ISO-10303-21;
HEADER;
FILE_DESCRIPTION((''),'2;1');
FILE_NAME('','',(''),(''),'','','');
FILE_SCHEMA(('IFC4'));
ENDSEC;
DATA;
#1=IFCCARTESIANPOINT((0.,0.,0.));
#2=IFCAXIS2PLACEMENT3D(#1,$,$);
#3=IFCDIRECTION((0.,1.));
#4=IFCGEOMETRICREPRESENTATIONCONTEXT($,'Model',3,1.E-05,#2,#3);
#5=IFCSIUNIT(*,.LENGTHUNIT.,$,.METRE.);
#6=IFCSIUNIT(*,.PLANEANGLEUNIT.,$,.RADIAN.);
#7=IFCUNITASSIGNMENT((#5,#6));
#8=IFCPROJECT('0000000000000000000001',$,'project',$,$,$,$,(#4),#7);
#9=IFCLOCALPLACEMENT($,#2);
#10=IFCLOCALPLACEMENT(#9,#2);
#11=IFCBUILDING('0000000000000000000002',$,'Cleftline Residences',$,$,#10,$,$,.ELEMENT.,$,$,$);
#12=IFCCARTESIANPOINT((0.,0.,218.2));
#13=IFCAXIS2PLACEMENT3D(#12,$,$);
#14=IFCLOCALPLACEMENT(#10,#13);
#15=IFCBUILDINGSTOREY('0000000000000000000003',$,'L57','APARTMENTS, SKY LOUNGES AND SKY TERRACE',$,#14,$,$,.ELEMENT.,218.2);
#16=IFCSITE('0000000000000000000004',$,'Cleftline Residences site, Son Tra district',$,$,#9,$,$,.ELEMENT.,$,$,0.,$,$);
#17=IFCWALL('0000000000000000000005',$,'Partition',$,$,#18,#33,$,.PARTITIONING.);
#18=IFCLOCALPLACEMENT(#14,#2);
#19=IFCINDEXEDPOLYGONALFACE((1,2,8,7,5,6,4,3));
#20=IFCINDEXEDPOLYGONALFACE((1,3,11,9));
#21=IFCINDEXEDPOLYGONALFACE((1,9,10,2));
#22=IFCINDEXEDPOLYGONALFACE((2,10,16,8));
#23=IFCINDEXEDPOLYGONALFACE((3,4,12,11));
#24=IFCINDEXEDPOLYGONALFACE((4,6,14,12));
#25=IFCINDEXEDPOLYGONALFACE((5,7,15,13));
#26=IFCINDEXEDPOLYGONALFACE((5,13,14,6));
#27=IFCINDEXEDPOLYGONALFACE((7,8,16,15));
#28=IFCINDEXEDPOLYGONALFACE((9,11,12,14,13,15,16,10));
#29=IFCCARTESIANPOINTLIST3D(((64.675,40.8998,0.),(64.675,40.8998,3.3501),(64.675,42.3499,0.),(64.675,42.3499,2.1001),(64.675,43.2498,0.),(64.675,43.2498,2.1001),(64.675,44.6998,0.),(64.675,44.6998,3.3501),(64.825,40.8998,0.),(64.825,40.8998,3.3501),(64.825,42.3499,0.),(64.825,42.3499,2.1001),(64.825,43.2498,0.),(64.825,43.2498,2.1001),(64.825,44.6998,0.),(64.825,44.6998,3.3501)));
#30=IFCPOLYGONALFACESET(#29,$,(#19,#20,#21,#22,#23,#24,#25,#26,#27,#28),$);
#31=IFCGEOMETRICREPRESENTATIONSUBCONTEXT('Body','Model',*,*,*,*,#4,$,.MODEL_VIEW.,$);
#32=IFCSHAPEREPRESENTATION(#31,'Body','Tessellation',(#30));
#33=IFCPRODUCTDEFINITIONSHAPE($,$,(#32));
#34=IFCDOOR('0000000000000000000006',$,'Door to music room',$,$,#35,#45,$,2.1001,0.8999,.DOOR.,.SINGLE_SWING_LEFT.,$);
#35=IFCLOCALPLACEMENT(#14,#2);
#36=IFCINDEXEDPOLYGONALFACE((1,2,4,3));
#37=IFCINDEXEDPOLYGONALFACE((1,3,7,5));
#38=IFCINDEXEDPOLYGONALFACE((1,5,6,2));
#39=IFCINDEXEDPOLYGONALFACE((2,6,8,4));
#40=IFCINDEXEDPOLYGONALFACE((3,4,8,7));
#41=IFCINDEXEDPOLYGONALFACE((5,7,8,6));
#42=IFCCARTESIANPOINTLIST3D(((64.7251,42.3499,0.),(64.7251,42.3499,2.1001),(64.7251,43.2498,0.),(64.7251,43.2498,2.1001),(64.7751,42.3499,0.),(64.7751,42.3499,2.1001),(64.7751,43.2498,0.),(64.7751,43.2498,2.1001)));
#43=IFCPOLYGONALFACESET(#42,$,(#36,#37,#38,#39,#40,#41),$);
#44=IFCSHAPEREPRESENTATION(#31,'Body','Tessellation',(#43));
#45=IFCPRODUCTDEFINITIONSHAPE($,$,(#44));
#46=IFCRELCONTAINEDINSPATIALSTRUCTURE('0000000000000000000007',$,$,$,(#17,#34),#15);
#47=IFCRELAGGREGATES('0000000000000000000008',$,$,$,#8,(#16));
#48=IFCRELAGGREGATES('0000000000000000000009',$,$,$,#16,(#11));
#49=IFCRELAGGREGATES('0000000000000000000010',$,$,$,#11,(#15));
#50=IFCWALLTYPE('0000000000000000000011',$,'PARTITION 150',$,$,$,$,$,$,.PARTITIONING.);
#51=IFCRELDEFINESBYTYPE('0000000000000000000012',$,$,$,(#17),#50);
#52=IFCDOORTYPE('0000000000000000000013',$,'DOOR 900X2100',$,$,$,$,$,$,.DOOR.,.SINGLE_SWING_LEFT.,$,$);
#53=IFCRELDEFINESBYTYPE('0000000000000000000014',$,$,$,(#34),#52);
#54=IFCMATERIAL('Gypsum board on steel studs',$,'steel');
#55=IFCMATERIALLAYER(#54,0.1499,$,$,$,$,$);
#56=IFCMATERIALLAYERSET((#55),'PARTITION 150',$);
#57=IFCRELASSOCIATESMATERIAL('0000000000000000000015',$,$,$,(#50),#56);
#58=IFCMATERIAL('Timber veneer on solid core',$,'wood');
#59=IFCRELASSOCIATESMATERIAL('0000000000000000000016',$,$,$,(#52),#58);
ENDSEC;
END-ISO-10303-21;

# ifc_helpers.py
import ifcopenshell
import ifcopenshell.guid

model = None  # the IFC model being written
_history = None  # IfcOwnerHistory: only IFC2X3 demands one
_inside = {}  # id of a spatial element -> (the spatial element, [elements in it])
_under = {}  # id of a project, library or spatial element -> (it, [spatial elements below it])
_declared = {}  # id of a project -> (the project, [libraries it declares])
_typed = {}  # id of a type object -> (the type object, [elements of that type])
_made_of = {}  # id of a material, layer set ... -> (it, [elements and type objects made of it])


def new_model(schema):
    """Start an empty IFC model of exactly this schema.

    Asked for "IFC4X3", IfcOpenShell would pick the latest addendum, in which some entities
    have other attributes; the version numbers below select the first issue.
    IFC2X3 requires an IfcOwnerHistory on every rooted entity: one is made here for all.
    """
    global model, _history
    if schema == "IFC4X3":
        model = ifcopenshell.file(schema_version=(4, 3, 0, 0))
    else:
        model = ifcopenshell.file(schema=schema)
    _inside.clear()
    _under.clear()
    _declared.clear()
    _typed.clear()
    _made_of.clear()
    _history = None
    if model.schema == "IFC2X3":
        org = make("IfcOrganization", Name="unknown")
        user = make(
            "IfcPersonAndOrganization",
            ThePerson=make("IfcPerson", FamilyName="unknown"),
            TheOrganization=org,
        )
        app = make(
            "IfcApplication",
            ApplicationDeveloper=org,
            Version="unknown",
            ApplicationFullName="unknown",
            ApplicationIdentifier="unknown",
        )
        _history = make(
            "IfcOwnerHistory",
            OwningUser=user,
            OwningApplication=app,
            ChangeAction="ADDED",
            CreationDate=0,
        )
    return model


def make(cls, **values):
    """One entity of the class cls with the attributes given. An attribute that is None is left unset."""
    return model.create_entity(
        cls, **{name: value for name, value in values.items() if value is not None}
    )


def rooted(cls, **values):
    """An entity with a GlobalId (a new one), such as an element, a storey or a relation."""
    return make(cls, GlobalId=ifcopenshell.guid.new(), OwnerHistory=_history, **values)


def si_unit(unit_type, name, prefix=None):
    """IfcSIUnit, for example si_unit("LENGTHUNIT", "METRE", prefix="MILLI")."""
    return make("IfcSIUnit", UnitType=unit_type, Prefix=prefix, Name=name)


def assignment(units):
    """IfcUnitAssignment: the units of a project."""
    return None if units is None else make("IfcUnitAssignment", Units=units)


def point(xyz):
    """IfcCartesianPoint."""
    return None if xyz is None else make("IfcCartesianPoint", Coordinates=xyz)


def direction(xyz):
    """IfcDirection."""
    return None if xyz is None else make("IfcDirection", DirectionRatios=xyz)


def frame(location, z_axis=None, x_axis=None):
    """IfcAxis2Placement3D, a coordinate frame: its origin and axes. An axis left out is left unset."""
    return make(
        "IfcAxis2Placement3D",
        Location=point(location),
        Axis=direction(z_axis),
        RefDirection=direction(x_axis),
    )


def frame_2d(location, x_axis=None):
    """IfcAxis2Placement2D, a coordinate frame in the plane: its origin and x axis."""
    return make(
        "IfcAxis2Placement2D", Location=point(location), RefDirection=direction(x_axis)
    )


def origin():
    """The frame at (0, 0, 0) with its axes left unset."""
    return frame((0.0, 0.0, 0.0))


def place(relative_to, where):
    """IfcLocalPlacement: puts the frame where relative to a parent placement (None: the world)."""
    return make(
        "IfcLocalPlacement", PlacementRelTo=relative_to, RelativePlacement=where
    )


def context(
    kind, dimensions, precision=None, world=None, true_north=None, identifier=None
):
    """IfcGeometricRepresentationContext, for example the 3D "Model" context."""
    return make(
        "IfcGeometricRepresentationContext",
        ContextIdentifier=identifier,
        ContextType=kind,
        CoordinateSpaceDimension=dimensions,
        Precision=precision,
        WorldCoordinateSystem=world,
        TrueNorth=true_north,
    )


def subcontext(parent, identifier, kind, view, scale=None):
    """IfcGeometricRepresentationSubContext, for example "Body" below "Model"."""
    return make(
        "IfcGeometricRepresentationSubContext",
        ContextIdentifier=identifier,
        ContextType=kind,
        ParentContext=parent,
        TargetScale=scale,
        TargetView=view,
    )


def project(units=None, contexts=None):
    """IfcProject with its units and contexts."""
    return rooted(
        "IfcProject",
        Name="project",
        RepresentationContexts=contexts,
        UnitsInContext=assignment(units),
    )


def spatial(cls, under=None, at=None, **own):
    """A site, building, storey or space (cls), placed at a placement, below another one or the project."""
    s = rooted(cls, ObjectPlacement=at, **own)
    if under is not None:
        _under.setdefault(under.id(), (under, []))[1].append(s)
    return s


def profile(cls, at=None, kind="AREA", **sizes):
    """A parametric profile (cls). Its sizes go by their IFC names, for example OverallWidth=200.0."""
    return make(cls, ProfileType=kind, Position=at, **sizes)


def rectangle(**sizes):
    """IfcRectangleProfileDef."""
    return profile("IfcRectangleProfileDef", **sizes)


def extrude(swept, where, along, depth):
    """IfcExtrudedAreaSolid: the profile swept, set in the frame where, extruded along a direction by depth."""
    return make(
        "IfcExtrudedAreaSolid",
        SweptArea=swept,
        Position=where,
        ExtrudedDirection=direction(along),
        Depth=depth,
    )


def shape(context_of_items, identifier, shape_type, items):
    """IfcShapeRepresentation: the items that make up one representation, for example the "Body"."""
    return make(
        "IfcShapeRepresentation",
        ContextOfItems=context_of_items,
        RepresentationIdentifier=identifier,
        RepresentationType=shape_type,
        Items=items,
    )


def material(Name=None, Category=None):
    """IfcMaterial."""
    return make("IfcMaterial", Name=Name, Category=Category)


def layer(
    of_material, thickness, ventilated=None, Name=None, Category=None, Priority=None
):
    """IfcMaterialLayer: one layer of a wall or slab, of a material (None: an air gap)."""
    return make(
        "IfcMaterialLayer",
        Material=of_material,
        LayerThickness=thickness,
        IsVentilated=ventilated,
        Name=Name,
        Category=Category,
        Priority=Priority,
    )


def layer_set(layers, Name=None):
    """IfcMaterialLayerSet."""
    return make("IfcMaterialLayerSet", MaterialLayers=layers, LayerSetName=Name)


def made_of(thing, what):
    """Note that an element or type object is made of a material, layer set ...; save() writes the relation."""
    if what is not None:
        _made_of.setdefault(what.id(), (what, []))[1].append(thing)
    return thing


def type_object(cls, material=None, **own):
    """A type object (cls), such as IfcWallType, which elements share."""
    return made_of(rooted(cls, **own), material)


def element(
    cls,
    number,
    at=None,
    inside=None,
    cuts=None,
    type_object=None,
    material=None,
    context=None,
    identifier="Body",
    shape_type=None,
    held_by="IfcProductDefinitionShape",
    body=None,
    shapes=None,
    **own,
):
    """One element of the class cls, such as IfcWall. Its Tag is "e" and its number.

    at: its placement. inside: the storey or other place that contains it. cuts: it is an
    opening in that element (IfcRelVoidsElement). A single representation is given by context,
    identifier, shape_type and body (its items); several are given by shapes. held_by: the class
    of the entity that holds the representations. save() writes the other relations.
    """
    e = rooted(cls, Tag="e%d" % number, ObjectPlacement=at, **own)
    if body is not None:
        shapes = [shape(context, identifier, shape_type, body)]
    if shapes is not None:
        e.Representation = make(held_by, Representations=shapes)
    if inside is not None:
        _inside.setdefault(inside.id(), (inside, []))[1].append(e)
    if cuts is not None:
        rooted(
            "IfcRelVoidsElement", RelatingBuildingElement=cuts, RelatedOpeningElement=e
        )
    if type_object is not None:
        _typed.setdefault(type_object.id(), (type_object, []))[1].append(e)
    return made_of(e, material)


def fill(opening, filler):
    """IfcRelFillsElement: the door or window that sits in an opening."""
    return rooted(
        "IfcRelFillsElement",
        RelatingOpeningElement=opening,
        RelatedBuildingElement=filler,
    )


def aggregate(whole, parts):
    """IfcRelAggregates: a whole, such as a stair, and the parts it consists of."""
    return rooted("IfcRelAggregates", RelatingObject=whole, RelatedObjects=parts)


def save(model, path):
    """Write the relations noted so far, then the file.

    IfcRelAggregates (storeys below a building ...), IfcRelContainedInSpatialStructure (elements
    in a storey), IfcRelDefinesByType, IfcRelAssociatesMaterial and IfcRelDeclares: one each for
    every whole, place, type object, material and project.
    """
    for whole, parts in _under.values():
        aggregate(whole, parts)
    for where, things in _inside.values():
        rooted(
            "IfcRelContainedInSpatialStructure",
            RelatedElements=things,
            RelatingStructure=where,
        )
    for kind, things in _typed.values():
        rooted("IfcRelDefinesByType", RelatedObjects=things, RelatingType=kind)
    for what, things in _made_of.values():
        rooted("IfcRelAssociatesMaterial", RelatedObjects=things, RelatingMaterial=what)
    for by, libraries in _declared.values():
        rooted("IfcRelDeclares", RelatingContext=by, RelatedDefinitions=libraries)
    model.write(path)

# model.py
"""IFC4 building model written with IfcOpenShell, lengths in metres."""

from ifc_helpers import new_model, si_unit, direction, frame, frame_2d, origin, place, context, subcontext, project, spatial, rectangle, extrude, material, layer, layer_set, type_object, element, fill, save


model = new_model("IFC4")

# Units and contexts
model_context = context("Model", 3, precision=1e-05, world=origin(), true_north=direction((0.0, 1.0)))
body_context = subcontext(model_context, "Body", "Model", "MODEL_VIEW")
ifc_project = project(units=[si_unit("LENGTHUNIT", "METRE"), si_unit("PLANEANGLEUNIT", "RADIAN")], contexts=[model_context])

# Site, building, storey
site_placement = place(None, origin())
site = spatial("IfcSite", under=ifc_project, at=site_placement, Name="Cleftline Residences site, Son Tra district", CompositionType="ELEMENT", RefElevation=0.0)
building_placement = place(site_placement, origin())
building = spatial("IfcBuilding", under=site, at=building_placement, Name="Cleftline Residences", CompositionType="ELEMENT")
storey_placement = place(building_placement, frame((0.0, 0.0, 218.2)))
storey = spatial("IfcBuildingStorey", under=building, at=storey_placement, Name="L57", Description="APARTMENTS, SKY LOUNGES AND SKY TERRACE", CompositionType="ELEMENT", Elevation=218.2)

# Wall, opening, door
ifc_material_1 = material(Name="Gypsum board on steel studs", Category="steel")
ifc_layer_1 = layer(ifc_material_1, 0.1499)
ifc_layer_set_1 = layer_set([ifc_layer_1], Name="PARTITION 150")
wall_type_1 = type_object("IfcWallType", Name="PARTITION 150", PredefinedType="PARTITIONING", material=ifc_layer_set_1)
wall_1_placement = place(storey_placement, frame((64.75, 40.8999, 0.0), z_axis=(0.0, 0.0, 1.0), x_axis=(0.0, 1.0, 0.0)))
wall_1 = element("IfcWall", 1, at=wall_1_placement, inside=storey, type_object=wall_type_1, Name="Partition", PredefinedType="PARTITIONING", context=body_context, shape_type="SweptSolid", body=[
    extrude(rectangle(XDim=3.8, YDim=0.1499, at=frame_2d((1.8999, 0.0))), origin(), (0.0, 0.0, 1.0), 3.3501),
])
opening_1_placement = place(wall_1_placement, frame((1.45, 0.0, 0.0)))
opening_1 = element("IfcOpeningElement", 2, at=opening_1_placement, cuts=wall_1, PredefinedType="OPENING", context=body_context, shape_type="SweptSolid", body=[
    extrude(rectangle(XDim=0.8999, YDim=2.1001, at=frame_2d((0.45, 1.05))), frame((0.0, 0.085, 0.0), z_axis=(0.0, -1.0, 0.0), x_axis=(1.0, 0.0, 0.0)), (0.0, 0.0, 1.0), 0.1699),
])
ifc_material_2 = material(Name="Timber veneer on solid core", Category="wood")
door_type = type_object("IfcDoorType", Name="DOOR 900X2100", OperationType="SINGLE_SWING_LEFT", PredefinedType="DOOR", material=ifc_material_2)
door_placement = place(opening_1_placement, origin())
door = element("IfcDoor", 3, at=door_placement, inside=storey, type_object=door_type, Name="Door to music room", OperationType="SINGLE_SWING_LEFT", OverallHeight=2.1001, OverallWidth=0.8999, PredefinedType="DOOR", context=body_context, shape_type="SweptSolid", body=[
    extrude(rectangle(XDim=0.8999, YDim=2.1001, at=frame_2d((0.45, 1.05))), frame((0.0, 0.0249, 0.0), z_axis=(0.0, -1.0, 0.0), x_axis=(1.0, 0.0, 0.0)), (0.0, 0.0, 1.0), 0.05),
])
fill(opening_1, door)

save(model, "model.ifc")
